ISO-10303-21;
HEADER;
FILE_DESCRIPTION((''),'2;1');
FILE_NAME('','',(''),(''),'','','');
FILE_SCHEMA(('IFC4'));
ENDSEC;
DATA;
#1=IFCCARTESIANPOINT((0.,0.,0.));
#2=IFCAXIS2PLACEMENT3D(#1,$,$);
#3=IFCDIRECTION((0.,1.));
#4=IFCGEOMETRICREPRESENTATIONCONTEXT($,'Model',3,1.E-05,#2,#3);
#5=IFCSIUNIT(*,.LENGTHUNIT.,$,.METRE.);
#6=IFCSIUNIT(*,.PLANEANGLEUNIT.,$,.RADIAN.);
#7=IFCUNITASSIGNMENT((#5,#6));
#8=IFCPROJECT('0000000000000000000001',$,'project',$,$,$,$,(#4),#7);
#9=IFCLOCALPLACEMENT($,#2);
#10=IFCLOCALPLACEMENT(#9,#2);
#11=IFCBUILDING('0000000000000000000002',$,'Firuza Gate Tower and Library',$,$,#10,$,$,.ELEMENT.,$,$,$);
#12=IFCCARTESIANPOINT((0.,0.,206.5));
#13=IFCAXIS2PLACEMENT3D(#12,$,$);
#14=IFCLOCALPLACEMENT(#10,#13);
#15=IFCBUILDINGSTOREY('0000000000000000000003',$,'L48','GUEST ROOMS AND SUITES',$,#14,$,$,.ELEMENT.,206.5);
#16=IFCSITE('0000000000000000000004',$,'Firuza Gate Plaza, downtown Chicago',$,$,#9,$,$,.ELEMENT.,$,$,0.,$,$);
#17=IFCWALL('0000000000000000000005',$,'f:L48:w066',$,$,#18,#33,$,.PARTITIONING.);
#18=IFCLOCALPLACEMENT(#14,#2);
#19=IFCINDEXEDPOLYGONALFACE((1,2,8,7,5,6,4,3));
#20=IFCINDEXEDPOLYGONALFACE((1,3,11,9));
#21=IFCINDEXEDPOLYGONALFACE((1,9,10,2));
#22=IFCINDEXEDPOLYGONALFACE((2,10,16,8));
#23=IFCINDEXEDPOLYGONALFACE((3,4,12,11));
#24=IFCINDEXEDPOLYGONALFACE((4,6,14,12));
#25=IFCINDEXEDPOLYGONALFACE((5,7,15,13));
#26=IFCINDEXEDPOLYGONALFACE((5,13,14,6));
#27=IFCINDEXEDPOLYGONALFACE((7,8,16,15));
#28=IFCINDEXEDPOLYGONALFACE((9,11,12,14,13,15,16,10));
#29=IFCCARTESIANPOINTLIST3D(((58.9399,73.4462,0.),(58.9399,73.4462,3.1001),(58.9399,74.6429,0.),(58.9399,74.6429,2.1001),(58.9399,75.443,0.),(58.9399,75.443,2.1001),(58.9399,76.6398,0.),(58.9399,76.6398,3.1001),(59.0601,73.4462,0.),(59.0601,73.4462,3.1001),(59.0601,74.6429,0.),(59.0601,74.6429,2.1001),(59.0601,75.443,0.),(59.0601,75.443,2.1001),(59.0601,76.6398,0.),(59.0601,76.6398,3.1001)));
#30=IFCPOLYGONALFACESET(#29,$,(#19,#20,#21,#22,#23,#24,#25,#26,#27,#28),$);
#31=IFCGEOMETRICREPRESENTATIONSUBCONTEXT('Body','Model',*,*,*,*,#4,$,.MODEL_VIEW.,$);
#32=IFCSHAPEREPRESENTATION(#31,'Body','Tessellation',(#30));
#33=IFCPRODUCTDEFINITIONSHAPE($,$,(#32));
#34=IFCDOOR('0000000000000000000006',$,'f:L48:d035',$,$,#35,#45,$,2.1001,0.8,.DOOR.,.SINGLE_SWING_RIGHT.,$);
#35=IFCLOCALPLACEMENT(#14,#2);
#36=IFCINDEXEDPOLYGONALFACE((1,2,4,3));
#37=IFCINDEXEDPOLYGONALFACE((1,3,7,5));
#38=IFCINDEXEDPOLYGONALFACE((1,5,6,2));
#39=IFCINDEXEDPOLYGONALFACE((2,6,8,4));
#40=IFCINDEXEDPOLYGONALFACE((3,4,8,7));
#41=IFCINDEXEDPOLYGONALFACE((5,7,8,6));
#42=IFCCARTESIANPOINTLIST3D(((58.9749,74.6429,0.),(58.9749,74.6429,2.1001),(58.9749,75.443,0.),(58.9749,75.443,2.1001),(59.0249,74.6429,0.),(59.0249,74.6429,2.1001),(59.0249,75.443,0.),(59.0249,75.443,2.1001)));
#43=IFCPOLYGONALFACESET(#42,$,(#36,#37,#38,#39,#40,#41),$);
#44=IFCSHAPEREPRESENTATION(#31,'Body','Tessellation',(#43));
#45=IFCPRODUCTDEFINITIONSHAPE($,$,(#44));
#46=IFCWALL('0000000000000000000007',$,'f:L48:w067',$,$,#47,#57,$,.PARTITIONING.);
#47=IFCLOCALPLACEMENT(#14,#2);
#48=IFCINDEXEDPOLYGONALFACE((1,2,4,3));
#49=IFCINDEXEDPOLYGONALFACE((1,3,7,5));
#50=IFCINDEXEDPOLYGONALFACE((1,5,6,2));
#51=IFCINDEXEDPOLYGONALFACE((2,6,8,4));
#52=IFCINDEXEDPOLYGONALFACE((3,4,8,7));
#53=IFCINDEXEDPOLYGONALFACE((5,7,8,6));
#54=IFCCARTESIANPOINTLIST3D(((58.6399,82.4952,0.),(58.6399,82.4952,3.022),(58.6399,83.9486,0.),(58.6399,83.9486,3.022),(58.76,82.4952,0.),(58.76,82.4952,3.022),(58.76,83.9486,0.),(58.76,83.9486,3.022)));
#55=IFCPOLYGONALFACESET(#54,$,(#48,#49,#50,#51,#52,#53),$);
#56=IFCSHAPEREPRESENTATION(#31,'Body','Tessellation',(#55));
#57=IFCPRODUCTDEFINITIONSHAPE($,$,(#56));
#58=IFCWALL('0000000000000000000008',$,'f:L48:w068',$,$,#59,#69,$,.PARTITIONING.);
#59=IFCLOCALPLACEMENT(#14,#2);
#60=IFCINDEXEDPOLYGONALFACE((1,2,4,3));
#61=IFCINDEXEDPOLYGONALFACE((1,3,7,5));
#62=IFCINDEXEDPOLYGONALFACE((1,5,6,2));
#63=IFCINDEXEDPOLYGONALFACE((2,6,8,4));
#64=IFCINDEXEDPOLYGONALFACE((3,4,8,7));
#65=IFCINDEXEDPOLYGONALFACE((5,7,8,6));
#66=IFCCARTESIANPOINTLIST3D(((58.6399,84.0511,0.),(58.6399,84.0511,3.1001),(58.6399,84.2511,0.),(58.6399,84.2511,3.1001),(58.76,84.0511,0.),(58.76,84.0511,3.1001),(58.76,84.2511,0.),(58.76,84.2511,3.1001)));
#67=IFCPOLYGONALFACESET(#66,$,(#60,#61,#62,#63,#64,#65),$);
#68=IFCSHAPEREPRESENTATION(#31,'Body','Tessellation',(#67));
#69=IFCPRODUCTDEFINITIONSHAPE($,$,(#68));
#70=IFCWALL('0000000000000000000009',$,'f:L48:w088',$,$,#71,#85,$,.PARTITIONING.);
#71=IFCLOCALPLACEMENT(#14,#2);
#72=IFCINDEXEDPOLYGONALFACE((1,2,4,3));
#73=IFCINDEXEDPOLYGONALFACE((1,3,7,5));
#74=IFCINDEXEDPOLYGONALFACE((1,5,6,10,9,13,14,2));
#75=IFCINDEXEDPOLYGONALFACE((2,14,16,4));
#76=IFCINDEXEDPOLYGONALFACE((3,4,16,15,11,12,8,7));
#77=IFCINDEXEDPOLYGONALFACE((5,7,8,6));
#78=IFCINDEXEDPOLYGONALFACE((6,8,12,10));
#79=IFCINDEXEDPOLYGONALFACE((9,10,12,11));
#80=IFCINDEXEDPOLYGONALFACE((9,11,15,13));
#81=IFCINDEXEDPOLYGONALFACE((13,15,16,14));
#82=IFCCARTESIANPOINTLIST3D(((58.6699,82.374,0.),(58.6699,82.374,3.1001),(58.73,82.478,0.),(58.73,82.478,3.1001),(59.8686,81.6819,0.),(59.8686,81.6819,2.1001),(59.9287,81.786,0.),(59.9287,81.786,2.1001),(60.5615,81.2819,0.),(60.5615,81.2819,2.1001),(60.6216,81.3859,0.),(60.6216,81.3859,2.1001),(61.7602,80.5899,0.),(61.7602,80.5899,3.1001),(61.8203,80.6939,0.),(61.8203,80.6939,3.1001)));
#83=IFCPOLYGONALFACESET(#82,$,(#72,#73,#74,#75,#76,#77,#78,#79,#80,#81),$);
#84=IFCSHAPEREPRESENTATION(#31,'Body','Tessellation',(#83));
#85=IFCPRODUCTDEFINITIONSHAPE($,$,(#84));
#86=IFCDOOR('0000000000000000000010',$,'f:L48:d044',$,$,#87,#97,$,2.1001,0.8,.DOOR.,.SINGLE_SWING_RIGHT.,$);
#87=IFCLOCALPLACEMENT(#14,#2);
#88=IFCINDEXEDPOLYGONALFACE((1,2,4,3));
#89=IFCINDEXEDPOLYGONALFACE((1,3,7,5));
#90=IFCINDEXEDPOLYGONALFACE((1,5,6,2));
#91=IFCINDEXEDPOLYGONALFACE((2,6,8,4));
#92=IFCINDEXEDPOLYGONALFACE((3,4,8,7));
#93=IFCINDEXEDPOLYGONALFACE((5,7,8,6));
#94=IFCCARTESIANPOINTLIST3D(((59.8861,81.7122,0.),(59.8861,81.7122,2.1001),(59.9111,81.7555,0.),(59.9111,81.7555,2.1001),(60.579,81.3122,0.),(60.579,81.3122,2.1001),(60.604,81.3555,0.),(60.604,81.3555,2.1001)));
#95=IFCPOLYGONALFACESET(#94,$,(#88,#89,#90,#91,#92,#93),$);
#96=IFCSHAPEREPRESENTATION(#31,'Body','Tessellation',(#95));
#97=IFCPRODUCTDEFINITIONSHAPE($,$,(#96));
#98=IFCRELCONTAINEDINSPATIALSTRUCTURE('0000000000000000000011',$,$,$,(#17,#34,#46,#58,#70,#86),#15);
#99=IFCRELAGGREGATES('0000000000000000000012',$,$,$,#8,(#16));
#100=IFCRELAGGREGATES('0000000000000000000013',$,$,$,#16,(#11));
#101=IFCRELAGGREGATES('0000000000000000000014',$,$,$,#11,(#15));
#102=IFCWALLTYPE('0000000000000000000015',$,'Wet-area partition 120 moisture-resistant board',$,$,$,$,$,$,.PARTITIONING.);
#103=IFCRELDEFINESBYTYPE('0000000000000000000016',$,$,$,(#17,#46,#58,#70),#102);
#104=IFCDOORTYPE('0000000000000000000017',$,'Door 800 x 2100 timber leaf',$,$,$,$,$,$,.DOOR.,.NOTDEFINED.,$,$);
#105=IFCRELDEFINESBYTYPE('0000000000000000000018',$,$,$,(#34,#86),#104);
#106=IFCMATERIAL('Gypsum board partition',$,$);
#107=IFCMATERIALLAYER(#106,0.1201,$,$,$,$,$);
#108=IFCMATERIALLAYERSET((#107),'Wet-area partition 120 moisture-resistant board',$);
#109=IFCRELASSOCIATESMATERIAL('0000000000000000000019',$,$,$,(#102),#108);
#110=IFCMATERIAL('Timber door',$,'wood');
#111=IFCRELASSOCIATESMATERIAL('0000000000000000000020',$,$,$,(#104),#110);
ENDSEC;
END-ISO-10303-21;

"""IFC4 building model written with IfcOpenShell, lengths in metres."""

from ifc_helpers import new_model, si_unit, direction, frame, frame_2d, origin, place, context, subcontext, project, spatial, rectangle, extrude, material, layer, layer_set, type_object, element, fill, save


model = new_model("IFC4")

# Units and contexts
model_context = context("Model", 3, precision=1e-05, world=origin(), true_north=direction((0.0, 1.0)))
body_context = subcontext(model_context, "Body", "Model", "MODEL_VIEW")
ifc_project = project(units=[si_unit("LENGTHUNIT", "METRE"), si_unit("PLANEANGLEUNIT", "RADIAN")], contexts=[model_context])

# Site, building, storey
site_placement = place(None, origin())
site = spatial("IfcSite", under=ifc_project, at=site_placement, Name="Firuza Gate Plaza, downtown Chicago", CompositionType="ELEMENT", RefElevation=0.0)
building_placement = place(site_placement, origin())
building = spatial("IfcBuilding", under=site, at=building_placement, Name="Firuza Gate Tower and Library", CompositionType="ELEMENT")
storey_placement = place(building_placement, frame((0.0, 0.0, 206.5)))
storey = spatial("IfcBuildingStorey", under=building, at=storey_placement, Name="L48", Description="GUEST ROOMS AND SUITES", CompositionType="ELEMENT", Elevation=206.5)

# Wall, opening, door
ifc_material_1 = material(Name="Gypsum board partition")
ifc_layer_1 = layer(ifc_material_1, 0.1201)
ifc_layer_set_1 = layer_set([ifc_layer_1], Name="Wet-area partition 120 moisture-resistant board")
wall_type = type_object("IfcWallType", Name="Wet-area partition 120 moisture-resistant board", PredefinedType="PARTITIONING", material=ifc_layer_set_1)
wall_1_placement = place(storey_placement, frame((59.0, 76.6396, 0.0), z_axis=(0.0, 0.0, 1.0), x_axis=(0.0, -1.0, 0.0)))
wall_1 = element("IfcWall", 1, at=wall_1_placement, inside=storey, type_object=wall_type, Name="f:L48:w066", PredefinedType="PARTITIONING", context=body_context, shape_type="SweptSolid", body=[
    extrude(rectangle(XDim=3.1936, YDim=0.1201, at=frame_2d((1.5967, 0.0))), origin(), (0.0, 0.0, 1.0), 3.1001),
])
opening_1_placement = place(wall_1_placement, frame((1.1968, 0.0, 0.0)))
opening_1 = element("IfcOpeningElement", 2, at=opening_1_placement, cuts=wall_1, PredefinedType="OPENING", context=body_context, shape_type="SweptSolid", body=[
    extrude(rectangle(XDim=0.8, YDim=2.1001, at=frame_2d((0.3999, 1.05))), frame((0.0, 0.0701, 0.0), z_axis=(0.0, -1.0, 0.0), x_axis=(1.0, 0.0, 0.0)), (0.0, 0.0, 1.0), 0.1401),
])
ifc_material_2 = material(Name="Timber door", Category="wood")
door_type = type_object("IfcDoorType", Name="Door 800 x 2100 timber leaf", OperationType="NOTDEFINED", PredefinedType="DOOR", material=ifc_material_2)
door_1_placement = place(opening_1_placement, origin())
door_1 = element("IfcDoor", 3, at=door_1_placement, inside=storey, type_object=door_type, Name="f:L48:d035", OperationType="SINGLE_SWING_RIGHT", OverallHeight=2.1001, OverallWidth=0.8, PredefinedType="DOOR", context=body_context, shape_type="SweptSolid", body=[
    extrude(rectangle(XDim=0.8, YDim=2.1001, at=frame_2d((0.3999, 1.05))), frame((0.0, 0.0249, 0.0), z_axis=(0.0, -1.0, 0.0), x_axis=(1.0, 0.0, 0.0)), (0.0, 0.0, 1.0), 0.05),
])
fill(opening_1, door_1)

# Walls
wall_2_placement = place(storey_placement, frame((58.7, 82.4954, 0.0), z_axis=(0.0, 0.0, 1.0), x_axis=(0.0, 1.0, 0.0)))
element("IfcWall", 4, at=wall_2_placement, inside=storey, type_object=wall_type, Name="f:L48:w067", PredefinedType="PARTITIONING", context=body_context, shape_type="SweptSolid", body=[
    extrude(rectangle(XDim=1.4534, YDim=0.1201, at=frame_2d((0.7266, 0.0))), origin(), (0.0, 0.0, 1.0), 3.022),
])
wall_3_placement = place(storey_placement, frame((58.7, 84.051, 0.0), z_axis=(0.0, 0.0, 1.0), x_axis=(0.0, 1.0, 0.0)))
element("IfcWall", 5, at=wall_3_placement, inside=storey, type_object=wall_type, Name="f:L48:w068", PredefinedType="PARTITIONING", context=body_context, shape_type="SweptSolid", body=[
    extrude(rectangle(XDim=0.2, YDim=0.1201, at=frame_2d((0.1001, 0.0))), origin(), (0.0, 0.0, 1.0), 3.1001),
])

# Wall, opening, door
wall_4_placement = place(storey_placement, frame((58.7, 82.426, 0.0), z_axis=(0.0, 0.0, 1.0), x_axis=(0.866028, -0.499995, 0.0)))
wall_4 = element("IfcWall", 6, at=wall_4_placement, inside=storey, type_object=wall_type, Name="f:L48:w088", PredefinedType="PARTITIONING", context=body_context, shape_type="SweptSolid", body=[
    extrude(rectangle(XDim=3.5684, YDim=0.1201, at=frame_2d((1.7842, 0.0))), origin(), (0.0, 0.0, 1.0), 3.1001),
])
opening_2_placement = place(wall_4_placement, frame((1.3843, 0.0, 0.0)))
opening_2 = element("IfcOpeningElement", 7, at=opening_2_placement, cuts=wall_4, PredefinedType="OPENING", context=body_context, shape_type="SweptSolid", body=[
    extrude(rectangle(XDim=0.8, YDim=2.1001, at=frame_2d((0.3999, 1.05))), frame((0.0, 0.0701, 0.0), z_axis=(0.0, -1.0, 0.0), x_axis=(1.0, 0.0, 0.0)), (0.0, 0.0, 1.0), 0.1401),
])
door_2_placement = place(opening_2_placement, origin())
door_2 = element("IfcDoor", 8, at=door_2_placement, inside=storey, type_object=door_type, Name="f:L48:d044", OperationType="SINGLE_SWING_RIGHT", OverallHeight=2.1001, OverallWidth=0.8, PredefinedType="DOOR", context=body_context, shape_type="SweptSolid", body=[
    extrude(rectangle(XDim=0.8, YDim=2.1001, at=frame_2d((0.3999, 1.05))), frame((0.0, 0.0249, 0.0), z_axis=(0.0, -1.0, 0.0), x_axis=(1.0, 0.0, 0.0)), (0.0, 0.0, 1.0), 0.05),
])
fill(opening_2, door_2)

save(model, "model.ifc")
